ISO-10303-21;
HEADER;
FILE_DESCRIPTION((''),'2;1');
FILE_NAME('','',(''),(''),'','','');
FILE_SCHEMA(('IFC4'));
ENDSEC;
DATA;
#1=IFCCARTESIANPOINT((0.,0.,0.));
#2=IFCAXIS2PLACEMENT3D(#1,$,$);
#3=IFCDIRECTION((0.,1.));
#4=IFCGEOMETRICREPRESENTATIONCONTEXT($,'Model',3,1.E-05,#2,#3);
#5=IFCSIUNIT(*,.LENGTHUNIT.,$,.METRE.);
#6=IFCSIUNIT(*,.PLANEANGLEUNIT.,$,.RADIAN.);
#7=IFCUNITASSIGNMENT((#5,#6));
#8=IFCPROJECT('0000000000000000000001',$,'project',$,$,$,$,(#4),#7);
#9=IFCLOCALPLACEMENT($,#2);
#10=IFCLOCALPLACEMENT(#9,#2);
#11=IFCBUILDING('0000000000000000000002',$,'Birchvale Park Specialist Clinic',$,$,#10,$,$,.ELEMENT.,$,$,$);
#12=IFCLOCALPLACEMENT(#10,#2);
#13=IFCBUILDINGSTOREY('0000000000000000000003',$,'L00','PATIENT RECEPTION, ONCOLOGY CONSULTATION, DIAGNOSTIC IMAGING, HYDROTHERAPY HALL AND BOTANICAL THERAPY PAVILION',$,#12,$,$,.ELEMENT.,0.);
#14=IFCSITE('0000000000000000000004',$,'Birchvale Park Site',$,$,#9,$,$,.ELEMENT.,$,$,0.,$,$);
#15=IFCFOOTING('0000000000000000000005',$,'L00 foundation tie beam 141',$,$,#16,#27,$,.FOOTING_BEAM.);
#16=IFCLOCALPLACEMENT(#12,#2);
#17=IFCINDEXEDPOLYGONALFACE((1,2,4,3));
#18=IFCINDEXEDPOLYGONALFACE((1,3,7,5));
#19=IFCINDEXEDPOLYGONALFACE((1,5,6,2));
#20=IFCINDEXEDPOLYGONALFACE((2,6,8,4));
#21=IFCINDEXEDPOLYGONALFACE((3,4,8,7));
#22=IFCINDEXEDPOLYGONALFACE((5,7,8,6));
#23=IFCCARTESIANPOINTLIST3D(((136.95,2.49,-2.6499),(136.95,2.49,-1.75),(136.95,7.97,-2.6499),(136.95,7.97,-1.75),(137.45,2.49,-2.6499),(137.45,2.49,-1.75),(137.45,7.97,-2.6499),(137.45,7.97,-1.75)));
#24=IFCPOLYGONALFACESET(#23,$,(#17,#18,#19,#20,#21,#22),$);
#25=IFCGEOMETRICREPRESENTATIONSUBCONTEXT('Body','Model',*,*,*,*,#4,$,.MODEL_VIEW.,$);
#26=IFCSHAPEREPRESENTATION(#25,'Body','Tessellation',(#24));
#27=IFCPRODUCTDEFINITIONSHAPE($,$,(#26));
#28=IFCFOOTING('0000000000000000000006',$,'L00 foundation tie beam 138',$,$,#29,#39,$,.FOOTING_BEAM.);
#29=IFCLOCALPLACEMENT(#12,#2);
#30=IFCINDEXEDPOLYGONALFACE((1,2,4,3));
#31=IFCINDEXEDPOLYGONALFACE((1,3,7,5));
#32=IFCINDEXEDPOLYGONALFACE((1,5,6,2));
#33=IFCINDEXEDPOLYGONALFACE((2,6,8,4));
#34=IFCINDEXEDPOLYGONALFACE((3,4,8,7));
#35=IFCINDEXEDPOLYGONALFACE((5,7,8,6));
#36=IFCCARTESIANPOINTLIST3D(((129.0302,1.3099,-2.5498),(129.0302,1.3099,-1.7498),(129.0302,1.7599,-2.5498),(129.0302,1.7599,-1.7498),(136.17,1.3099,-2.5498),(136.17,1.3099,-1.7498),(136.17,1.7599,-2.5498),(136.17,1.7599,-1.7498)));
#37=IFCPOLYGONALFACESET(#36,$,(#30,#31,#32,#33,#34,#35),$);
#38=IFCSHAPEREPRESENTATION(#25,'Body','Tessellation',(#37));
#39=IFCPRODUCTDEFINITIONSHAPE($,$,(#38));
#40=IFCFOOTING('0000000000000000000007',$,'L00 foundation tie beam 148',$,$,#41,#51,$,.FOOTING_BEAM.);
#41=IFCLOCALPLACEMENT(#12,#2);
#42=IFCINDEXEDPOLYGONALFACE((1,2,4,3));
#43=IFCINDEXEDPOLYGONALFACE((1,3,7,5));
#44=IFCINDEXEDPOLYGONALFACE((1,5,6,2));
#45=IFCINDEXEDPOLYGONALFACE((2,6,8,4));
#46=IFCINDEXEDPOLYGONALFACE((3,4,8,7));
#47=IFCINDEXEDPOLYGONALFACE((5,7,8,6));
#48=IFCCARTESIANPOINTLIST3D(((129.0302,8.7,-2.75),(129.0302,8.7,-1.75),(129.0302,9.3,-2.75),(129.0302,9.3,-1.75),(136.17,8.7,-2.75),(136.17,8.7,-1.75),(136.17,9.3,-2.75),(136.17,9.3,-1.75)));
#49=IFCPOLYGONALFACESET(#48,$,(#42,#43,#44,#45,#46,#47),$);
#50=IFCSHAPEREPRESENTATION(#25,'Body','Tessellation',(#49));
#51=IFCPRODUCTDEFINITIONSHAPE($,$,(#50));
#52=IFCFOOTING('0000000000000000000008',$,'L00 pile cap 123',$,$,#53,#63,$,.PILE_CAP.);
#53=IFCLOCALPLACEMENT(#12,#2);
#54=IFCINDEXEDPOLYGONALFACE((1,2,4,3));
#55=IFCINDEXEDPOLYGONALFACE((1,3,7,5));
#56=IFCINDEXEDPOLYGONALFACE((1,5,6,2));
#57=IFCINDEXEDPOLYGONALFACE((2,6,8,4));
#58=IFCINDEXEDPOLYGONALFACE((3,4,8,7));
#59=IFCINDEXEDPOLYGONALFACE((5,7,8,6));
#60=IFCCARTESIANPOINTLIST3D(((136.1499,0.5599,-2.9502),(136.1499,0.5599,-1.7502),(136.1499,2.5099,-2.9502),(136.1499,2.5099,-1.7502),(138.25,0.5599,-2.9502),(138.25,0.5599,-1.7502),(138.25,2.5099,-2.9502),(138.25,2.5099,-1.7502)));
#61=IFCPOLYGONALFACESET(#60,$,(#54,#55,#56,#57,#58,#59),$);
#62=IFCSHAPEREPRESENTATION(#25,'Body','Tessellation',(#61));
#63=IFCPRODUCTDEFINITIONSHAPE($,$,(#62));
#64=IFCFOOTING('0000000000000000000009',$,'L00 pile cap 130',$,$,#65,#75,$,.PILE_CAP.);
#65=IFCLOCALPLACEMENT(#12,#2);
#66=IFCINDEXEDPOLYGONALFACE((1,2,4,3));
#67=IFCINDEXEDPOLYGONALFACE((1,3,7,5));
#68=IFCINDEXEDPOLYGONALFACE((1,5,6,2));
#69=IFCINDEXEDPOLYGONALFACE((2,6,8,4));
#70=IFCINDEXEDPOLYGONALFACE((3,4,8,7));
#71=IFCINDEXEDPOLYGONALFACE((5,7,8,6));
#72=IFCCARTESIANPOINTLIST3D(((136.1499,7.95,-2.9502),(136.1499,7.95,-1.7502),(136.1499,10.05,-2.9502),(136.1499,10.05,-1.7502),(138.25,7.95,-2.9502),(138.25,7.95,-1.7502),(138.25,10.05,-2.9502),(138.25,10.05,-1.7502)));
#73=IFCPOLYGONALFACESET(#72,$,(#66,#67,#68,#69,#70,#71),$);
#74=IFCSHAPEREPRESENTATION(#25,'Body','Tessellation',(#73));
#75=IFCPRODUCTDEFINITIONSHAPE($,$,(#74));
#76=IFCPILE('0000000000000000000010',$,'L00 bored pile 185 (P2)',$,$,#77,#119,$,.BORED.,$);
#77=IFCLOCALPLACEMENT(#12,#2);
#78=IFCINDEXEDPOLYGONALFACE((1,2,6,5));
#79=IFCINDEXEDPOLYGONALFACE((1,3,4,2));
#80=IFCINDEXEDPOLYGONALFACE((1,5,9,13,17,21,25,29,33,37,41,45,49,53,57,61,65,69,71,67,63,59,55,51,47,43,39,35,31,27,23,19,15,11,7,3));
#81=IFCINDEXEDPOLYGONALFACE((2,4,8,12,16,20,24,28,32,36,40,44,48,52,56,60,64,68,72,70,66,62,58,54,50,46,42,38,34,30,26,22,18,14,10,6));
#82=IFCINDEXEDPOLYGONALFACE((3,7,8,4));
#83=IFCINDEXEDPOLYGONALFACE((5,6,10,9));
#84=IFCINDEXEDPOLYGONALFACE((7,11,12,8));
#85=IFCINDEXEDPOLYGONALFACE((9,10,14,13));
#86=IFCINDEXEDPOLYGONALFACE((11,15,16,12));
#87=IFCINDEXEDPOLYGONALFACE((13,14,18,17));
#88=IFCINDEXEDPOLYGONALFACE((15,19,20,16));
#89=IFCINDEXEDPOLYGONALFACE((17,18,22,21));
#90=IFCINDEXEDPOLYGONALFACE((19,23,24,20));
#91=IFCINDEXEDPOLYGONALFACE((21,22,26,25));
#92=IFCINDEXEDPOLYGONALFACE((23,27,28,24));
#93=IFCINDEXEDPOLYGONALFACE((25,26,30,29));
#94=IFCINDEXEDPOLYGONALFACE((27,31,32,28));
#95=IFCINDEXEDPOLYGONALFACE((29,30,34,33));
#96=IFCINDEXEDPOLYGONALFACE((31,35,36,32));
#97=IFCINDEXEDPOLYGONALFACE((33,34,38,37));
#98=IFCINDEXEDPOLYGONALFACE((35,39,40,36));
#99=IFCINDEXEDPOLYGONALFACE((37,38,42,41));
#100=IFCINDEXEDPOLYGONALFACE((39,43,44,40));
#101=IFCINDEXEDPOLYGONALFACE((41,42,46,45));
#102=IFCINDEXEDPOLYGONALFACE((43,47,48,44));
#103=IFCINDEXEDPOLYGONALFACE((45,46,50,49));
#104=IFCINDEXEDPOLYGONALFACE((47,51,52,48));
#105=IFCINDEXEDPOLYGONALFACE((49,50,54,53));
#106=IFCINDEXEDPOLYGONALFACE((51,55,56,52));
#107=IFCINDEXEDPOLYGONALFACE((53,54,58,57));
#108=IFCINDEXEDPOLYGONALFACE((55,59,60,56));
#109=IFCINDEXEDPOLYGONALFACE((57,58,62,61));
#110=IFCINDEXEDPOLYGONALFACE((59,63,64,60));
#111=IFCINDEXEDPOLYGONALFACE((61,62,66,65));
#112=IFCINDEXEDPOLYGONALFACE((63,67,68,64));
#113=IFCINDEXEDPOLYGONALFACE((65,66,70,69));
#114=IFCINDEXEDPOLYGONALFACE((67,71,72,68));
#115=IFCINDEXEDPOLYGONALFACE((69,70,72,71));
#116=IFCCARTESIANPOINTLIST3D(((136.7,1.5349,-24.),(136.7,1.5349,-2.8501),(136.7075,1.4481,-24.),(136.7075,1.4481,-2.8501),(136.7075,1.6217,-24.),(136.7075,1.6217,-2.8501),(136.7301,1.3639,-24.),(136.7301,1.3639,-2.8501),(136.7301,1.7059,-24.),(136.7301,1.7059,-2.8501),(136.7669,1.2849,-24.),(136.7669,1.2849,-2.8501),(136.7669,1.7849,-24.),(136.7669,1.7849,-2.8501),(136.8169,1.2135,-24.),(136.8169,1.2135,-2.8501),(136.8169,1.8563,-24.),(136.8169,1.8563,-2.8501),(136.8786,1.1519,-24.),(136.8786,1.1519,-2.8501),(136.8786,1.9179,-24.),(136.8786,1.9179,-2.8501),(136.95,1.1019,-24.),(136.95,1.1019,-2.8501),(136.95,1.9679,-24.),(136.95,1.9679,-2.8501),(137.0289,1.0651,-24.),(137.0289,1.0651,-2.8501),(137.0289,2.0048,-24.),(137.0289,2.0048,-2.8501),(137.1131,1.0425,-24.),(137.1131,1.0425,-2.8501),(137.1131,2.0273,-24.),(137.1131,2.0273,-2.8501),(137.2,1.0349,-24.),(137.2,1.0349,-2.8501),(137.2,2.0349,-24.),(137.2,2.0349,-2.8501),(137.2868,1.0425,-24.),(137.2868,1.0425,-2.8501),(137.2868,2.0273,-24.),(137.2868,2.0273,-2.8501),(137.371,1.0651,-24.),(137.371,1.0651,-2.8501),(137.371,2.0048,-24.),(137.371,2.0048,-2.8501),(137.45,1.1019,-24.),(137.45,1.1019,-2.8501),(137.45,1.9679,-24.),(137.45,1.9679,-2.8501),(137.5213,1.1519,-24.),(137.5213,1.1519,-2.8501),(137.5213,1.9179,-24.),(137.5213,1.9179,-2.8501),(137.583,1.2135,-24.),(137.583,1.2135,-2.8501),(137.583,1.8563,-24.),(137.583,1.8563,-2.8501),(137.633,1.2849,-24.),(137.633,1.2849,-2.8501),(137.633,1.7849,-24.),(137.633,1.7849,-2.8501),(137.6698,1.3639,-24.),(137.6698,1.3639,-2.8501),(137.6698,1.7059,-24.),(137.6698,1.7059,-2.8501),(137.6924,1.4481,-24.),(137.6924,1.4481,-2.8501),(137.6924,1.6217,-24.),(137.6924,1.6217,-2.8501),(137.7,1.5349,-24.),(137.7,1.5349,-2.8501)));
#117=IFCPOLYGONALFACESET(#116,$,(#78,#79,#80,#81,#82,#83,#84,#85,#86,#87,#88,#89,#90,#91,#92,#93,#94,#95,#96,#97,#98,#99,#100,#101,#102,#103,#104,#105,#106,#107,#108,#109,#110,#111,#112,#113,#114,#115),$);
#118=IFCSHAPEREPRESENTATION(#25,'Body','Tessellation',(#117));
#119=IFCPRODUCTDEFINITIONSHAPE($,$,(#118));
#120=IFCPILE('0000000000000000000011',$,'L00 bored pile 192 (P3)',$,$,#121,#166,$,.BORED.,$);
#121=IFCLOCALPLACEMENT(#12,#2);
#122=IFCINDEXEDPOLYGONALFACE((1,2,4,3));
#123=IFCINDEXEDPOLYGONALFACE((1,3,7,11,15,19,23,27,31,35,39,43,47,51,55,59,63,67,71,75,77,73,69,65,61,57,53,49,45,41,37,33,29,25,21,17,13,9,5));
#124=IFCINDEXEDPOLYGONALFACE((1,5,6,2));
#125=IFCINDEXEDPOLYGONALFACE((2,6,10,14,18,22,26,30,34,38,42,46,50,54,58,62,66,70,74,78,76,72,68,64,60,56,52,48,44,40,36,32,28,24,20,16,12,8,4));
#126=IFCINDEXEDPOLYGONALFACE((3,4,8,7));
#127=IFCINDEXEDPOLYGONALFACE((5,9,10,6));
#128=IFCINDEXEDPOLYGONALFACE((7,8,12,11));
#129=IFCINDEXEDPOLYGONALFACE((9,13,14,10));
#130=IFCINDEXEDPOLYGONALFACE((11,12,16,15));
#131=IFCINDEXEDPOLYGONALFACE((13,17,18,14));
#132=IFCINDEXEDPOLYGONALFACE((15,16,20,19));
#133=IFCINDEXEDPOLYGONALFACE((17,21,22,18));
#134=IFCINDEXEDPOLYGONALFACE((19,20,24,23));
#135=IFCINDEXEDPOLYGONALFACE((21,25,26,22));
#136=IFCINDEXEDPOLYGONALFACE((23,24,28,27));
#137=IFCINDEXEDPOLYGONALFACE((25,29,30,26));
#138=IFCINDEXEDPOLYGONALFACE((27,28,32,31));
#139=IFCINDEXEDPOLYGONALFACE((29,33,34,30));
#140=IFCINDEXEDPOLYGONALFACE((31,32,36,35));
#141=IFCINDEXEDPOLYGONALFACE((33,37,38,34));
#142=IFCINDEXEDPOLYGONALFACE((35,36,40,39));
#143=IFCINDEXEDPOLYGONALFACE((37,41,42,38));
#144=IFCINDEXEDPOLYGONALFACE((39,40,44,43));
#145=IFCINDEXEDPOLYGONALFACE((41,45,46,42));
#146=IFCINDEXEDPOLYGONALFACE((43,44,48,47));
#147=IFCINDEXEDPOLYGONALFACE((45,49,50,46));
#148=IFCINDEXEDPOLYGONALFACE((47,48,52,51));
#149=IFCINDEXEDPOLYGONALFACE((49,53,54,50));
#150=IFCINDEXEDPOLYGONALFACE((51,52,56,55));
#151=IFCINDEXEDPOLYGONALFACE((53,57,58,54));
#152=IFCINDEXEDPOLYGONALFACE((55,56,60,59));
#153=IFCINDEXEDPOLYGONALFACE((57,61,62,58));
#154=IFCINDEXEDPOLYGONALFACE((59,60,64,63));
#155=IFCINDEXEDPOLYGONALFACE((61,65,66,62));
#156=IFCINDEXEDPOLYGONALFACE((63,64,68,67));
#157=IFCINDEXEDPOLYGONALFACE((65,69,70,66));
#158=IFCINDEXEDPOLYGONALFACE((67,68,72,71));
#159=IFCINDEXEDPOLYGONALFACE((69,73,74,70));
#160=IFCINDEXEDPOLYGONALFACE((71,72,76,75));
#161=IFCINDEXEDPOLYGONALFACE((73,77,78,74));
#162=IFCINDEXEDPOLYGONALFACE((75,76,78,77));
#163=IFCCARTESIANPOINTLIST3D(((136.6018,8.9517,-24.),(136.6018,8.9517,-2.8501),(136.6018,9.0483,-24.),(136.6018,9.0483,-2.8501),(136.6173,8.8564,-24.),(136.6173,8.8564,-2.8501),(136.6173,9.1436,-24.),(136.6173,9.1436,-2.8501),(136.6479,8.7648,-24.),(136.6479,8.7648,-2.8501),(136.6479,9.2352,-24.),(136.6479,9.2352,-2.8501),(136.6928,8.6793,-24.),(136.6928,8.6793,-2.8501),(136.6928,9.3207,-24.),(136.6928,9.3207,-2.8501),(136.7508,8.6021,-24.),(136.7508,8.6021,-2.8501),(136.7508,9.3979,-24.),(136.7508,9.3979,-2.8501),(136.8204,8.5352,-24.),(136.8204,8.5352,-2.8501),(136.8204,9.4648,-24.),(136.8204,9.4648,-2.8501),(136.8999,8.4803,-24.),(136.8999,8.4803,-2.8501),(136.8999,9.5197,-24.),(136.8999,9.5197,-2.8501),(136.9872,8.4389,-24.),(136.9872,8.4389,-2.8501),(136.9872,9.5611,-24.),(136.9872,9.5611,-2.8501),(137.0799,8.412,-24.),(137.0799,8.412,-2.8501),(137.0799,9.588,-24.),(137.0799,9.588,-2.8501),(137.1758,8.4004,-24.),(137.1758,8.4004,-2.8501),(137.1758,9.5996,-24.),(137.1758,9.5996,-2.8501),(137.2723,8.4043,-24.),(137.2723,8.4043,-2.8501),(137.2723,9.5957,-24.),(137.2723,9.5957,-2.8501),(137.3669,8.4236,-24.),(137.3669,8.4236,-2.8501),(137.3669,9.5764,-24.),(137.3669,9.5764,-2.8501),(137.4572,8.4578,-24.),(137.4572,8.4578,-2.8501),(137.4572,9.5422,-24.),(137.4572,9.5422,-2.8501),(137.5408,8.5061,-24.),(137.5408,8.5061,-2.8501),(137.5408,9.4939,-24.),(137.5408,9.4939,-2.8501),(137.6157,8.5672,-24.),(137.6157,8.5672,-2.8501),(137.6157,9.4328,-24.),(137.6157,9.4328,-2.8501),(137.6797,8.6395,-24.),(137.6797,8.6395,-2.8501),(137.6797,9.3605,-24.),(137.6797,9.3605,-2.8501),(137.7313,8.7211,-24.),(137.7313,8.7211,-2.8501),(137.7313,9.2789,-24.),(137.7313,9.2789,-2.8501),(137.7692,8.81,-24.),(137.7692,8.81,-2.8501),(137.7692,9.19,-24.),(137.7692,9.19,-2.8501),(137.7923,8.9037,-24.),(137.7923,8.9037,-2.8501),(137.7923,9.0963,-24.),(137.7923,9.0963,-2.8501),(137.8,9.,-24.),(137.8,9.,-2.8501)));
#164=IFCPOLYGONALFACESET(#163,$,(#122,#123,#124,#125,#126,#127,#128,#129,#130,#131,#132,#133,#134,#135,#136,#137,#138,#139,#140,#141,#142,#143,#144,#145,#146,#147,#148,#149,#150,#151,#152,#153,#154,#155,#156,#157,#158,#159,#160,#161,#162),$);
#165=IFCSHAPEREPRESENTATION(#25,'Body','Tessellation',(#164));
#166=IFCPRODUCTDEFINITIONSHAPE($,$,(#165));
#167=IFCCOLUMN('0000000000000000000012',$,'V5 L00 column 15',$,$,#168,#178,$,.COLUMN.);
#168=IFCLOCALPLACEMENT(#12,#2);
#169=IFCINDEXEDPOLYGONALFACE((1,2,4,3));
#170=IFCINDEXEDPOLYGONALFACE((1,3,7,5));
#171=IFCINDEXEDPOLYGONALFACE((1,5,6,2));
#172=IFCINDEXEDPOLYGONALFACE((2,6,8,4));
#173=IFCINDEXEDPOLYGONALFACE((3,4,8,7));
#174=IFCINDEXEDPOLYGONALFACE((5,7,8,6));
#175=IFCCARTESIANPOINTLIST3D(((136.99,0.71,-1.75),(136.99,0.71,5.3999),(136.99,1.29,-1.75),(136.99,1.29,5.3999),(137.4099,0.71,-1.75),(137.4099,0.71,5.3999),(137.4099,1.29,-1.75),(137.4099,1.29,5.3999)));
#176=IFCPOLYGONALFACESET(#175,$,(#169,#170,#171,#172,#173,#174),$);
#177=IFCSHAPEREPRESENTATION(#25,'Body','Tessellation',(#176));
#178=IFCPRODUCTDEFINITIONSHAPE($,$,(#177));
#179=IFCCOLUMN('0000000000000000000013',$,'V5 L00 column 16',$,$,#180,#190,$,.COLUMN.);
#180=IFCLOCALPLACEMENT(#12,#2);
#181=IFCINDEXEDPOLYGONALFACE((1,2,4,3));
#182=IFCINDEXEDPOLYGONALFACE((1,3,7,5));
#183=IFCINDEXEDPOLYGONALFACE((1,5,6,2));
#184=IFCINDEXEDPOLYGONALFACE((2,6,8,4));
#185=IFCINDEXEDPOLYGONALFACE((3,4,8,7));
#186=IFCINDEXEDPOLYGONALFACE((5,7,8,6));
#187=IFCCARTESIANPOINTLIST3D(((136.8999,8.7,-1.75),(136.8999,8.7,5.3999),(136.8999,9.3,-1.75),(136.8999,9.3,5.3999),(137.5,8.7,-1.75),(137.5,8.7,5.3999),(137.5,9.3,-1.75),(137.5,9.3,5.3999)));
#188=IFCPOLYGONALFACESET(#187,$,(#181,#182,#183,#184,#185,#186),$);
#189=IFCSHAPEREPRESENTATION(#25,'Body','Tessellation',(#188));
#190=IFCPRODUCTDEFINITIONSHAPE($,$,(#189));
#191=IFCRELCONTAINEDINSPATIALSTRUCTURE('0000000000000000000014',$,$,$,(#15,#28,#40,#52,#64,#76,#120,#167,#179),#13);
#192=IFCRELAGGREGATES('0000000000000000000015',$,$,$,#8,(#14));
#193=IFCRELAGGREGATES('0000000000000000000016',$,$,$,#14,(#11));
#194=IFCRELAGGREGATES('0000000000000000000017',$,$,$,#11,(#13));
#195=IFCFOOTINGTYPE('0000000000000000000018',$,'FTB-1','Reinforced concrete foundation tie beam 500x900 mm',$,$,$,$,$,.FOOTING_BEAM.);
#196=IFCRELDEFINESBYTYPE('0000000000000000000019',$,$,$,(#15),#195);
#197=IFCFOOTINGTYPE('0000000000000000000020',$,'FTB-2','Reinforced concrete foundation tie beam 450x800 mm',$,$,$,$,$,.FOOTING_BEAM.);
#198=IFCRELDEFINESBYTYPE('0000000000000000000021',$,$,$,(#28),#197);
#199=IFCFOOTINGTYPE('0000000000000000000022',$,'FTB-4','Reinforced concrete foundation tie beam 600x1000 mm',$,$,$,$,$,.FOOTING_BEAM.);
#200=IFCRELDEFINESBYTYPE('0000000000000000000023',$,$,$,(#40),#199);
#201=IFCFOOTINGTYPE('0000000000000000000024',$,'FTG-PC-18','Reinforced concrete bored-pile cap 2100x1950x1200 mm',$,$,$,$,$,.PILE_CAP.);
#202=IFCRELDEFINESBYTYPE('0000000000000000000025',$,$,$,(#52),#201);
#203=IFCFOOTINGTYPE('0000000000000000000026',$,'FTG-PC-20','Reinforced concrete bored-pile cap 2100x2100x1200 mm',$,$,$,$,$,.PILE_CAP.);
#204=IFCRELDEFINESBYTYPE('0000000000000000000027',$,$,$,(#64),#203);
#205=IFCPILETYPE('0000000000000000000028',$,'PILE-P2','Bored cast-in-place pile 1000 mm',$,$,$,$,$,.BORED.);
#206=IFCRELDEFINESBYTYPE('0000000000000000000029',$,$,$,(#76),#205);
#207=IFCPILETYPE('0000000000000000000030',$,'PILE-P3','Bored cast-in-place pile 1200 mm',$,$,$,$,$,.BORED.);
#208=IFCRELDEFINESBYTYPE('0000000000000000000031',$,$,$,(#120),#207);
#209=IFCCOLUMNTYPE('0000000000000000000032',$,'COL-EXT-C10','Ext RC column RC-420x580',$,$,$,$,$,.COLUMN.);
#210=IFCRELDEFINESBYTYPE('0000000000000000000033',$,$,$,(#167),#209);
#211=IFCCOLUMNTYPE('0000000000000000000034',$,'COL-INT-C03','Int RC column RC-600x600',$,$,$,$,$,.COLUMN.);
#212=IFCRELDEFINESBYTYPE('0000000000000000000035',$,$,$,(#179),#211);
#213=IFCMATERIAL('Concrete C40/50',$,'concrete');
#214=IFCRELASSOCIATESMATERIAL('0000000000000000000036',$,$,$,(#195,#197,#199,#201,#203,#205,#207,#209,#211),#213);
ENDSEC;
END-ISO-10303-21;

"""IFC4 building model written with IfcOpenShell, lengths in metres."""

from ifc_helpers import new_model, si_unit, direction, frame, origin, origin_2d, place, context, subcontext, project, spatial, rectangle, circle, extrude, material, material_profile, profile_set, type_object, element, save


model = new_model("IFC4")

# Units and contexts
model_context = context("Model", 3, precision=1e-05, world=origin(), true_north=direction((0.0, 1.0)))
body_context = subcontext(model_context, "Body", "Model", "MODEL_VIEW")
ifc_project = project(units=[si_unit("LENGTHUNIT", "METRE"), si_unit("PLANEANGLEUNIT", "RADIAN")], contexts=[model_context])

# Site, building, storey
site_placement = place(None, origin())
site = spatial("IfcSite", under=ifc_project, at=site_placement, Name="Birchvale Park Site", CompositionType="ELEMENT", RefElevation=0.0)
building_placement = place(site_placement, origin())
building = spatial("IfcBuilding", under=site, at=building_placement, Name="Birchvale Park Specialist Clinic", CompositionType="ELEMENT")
storey_placement = place(building_placement, origin())
storey = spatial("IfcBuildingStorey", under=building, at=storey_placement, Name="L00", Description="PATIENT RECEPTION, ONCOLOGY CONSULTATION, DIAGNOSTIC IMAGING, HYDROTHERAPY HALL AND BOTANICAL THERAPY PAVILION", CompositionType="ELEMENT", Elevation=0.0)

# Footings
ifc_material_1 = material(Name="Concrete C40/50", Category="concrete")
footing_type_1 = type_object("IfcFootingType", Name="FTB-1", Description="Reinforced concrete foundation tie beam 500x900 mm", PredefinedType="FOOTING_BEAM", material=ifc_material_1)
footing_1_placement = place(storey_placement, frame((137.2, 5.23, -2.6499), z_axis=(0.0, 0.0, 1.0), x_axis=(1.0, 0.0, 0.0)))
element("IfcFooting", 1, at=footing_1_placement, inside=storey, type_object=footing_type_1, Name="L00 foundation tie beam 141", PredefinedType="FOOTING_BEAM", context=body_context, shape_type="SweptSolid", body=[
    extrude(rectangle(XDim=0.5, YDim=5.48, at=origin_2d()), origin(), (0.0, 0.0, 1.0), 0.8999),
])
footing_type_2 = type_object("IfcFootingType", Name="FTB-2", Description="Reinforced concrete foundation tie beam 450x800 mm", PredefinedType="FOOTING_BEAM", material=ifc_material_1)
footing_2_placement = place(storey_placement, frame((132.6001, 1.5349, -2.5498), z_axis=(0.0, 0.0, 1.0), x_axis=(1.0, 0.0, 0.0)))
element("IfcFooting", 2, at=footing_2_placement, inside=storey, type_object=footing_type_2, Name="L00 foundation tie beam 138", PredefinedType="FOOTING_BEAM", context=body_context, shape_type="SweptSolid", body=[
    extrude(rectangle(XDim=7.1399, YDim=0.45, at=origin_2d()), origin(), (0.0, 0.0, 1.0), 0.8),
])
footing_type_3 = type_object("IfcFootingType", Name="FTB-4", Description="Reinforced concrete foundation tie beam 600x1000 mm", PredefinedType="FOOTING_BEAM", material=ifc_material_1)
footing_3_placement = place(storey_placement, frame((132.6001, 9.0, -2.75), z_axis=(0.0, 0.0, 1.0), x_axis=(1.0, 0.0, 0.0)))
element("IfcFooting", 3, at=footing_3_placement, inside=storey, type_object=footing_type_3, Name="L00 foundation tie beam 148", PredefinedType="FOOTING_BEAM", context=body_context, shape_type="SweptSolid", body=[
    extrude(rectangle(XDim=7.1399, YDim=0.6001, at=origin_2d()), origin(), (0.0, 0.0, 1.0), 1.0),
])
footing_type_4 = type_object("IfcFootingType", Name="FTG-PC-18", Description="Reinforced concrete bored-pile cap 2100x1950x1200 mm", PredefinedType="PILE_CAP", material=ifc_material_1)
footing_4_placement = place(storey_placement, frame((137.2, 1.5349, -2.9502), z_axis=(0.0, 0.0, 1.0), x_axis=(1.0, 0.0, 0.0)))
element("IfcFooting", 4, at=footing_4_placement, inside=storey, type_object=footing_type_4, Name="L00 pile cap 123", PredefinedType="PILE_CAP", context=body_context, shape_type="SweptSolid", body=[
    extrude(rectangle(XDim=2.1001, YDim=1.95, at=origin_2d()), origin(), (0.0, 0.0, 1.0), 1.2),
])
footing_type_5 = type_object("IfcFootingType", Name="FTG-PC-20", Description="Reinforced concrete bored-pile cap 2100x2100x1200 mm", PredefinedType="PILE_CAP", material=ifc_material_1)
footing_5_placement = place(storey_placement, frame((137.2, 9.0, -2.9502), z_axis=(0.0, 0.0, 1.0), x_axis=(1.0, 0.0, 0.0)))
element("IfcFooting", 5, at=footing_5_placement, inside=storey, type_object=footing_type_5, Name="L00 pile cap 130", PredefinedType="PILE_CAP", context=body_context, shape_type="SweptSolid", body=[
    extrude(rectangle(XDim=2.1001, YDim=2.1001, at=origin_2d()), origin(), (0.0, 0.0, 1.0), 1.2),
])

# Piles
ifc_material_profile_1 = material_profile(ifc_material_1, circle(Radius=0.5, at=origin_2d()), Name="PILE-1000")
ifc_profile_set_1 = profile_set([ifc_material_profile_1], Name="Concrete C40/50")
pile_type_1 = type_object("IfcPileType", Name="PILE-P2", Description="Bored cast-in-place pile 1000 mm", PredefinedType="BORED", material=ifc_profile_set_1)
pile_1_placement = place(storey_placement, frame((137.2, 1.5349, -2.8501), z_axis=(0.0, 0.0, -1.0), x_axis=(1.0, 0.0, 0.0)))
element("IfcPile", 6, at=pile_1_placement, inside=storey, type_object=pile_type_1, Name="L00 bored pile 185 (P2)", PredefinedType="BORED", context=body_context, shape_type="SweptSolid", body=[
    extrude(circle(Radius=0.5, at=origin_2d()), origin(), (0.0, 0.0, 1.0), 21.1499),
])
ifc_material_profile_2 = material_profile(ifc_material_1, circle(Radius=0.6001, at=origin_2d()), Name="PILE-1200")
ifc_profile_set_2 = profile_set([ifc_material_profile_2], Name="Concrete C40/50")
pile_type_2 = type_object("IfcPileType", Name="PILE-P3", Description="Bored cast-in-place pile 1200 mm", PredefinedType="BORED", material=ifc_profile_set_2)
pile_2_placement = place(storey_placement, frame((137.2, 9.0, -2.8501), z_axis=(0.0, 0.0, -1.0), x_axis=(1.0, 0.0, 0.0)))
element("IfcPile", 7, at=pile_2_placement, inside=storey, type_object=pile_type_2, Name="L00 bored pile 192 (P3)", PredefinedType="BORED", context=body_context, shape_type="SweptSolid", body=[
    extrude(circle(Radius=0.6001, at=origin_2d()), origin(), (0.0, 0.0, 1.0), 21.1499),
])

# Columns
ifc_material_profile_3 = material_profile(ifc_material_1, rectangle(XDim=0.4199, YDim=0.5801, at=origin_2d()), Name="RC-420x580")
ifc_profile_set_3 = profile_set([ifc_material_profile_3], Name="Concrete C40/50")
column_type_1 = type_object("IfcColumnType", Name="COL-EXT-C10", Description="Ext RC column RC-420x580", PredefinedType="COLUMN", material=ifc_profile_set_3)
column_1_placement = place(storey_placement, frame((137.2, 1.0, -1.75), z_axis=(0.0, 0.0, 1.0), x_axis=(1.0, 0.0, 0.0)))
element("IfcColumn", 8, at=column_1_placement, inside=storey, type_object=column_type_1, Name="V5 L00 column 15", PredefinedType="COLUMN", context=body_context, shape_type="SweptSolid", body=[
    extrude(rectangle(XDim=0.4199, YDim=0.5801, at=origin_2d()), origin(), (0.0, 0.0, 1.0), 7.1499),
])
ifc_material_profile_4 = material_profile(ifc_material_1, rectangle(XDim=0.6001, YDim=0.6001, at=origin_2d()), Name="RC-600x600")
ifc_profile_set_4 = profile_set([ifc_material_profile_4], Name="Concrete C40/50")
column_type_2 = type_object("IfcColumnType", Name="COL-INT-C03", Description="Int RC column RC-600x600", PredefinedType="COLUMN", material=ifc_profile_set_4)
column_2_placement = place(storey_placement, frame((137.2, 9.0, -1.75), z_axis=(0.0, 0.0, 1.0), x_axis=(1.0, 0.0, 0.0)))
element("IfcColumn", 9, at=column_2_placement, inside=storey, type_object=column_type_2, Name="V5 L00 column 16", PredefinedType="COLUMN", context=body_context, shape_type="SweptSolid", body=[
    extrude(rectangle(XDim=0.6001, YDim=0.6001, at=origin_2d()), origin(), (0.0, 0.0, 1.0), 7.1499),
])

save(model, "model.ifc")
